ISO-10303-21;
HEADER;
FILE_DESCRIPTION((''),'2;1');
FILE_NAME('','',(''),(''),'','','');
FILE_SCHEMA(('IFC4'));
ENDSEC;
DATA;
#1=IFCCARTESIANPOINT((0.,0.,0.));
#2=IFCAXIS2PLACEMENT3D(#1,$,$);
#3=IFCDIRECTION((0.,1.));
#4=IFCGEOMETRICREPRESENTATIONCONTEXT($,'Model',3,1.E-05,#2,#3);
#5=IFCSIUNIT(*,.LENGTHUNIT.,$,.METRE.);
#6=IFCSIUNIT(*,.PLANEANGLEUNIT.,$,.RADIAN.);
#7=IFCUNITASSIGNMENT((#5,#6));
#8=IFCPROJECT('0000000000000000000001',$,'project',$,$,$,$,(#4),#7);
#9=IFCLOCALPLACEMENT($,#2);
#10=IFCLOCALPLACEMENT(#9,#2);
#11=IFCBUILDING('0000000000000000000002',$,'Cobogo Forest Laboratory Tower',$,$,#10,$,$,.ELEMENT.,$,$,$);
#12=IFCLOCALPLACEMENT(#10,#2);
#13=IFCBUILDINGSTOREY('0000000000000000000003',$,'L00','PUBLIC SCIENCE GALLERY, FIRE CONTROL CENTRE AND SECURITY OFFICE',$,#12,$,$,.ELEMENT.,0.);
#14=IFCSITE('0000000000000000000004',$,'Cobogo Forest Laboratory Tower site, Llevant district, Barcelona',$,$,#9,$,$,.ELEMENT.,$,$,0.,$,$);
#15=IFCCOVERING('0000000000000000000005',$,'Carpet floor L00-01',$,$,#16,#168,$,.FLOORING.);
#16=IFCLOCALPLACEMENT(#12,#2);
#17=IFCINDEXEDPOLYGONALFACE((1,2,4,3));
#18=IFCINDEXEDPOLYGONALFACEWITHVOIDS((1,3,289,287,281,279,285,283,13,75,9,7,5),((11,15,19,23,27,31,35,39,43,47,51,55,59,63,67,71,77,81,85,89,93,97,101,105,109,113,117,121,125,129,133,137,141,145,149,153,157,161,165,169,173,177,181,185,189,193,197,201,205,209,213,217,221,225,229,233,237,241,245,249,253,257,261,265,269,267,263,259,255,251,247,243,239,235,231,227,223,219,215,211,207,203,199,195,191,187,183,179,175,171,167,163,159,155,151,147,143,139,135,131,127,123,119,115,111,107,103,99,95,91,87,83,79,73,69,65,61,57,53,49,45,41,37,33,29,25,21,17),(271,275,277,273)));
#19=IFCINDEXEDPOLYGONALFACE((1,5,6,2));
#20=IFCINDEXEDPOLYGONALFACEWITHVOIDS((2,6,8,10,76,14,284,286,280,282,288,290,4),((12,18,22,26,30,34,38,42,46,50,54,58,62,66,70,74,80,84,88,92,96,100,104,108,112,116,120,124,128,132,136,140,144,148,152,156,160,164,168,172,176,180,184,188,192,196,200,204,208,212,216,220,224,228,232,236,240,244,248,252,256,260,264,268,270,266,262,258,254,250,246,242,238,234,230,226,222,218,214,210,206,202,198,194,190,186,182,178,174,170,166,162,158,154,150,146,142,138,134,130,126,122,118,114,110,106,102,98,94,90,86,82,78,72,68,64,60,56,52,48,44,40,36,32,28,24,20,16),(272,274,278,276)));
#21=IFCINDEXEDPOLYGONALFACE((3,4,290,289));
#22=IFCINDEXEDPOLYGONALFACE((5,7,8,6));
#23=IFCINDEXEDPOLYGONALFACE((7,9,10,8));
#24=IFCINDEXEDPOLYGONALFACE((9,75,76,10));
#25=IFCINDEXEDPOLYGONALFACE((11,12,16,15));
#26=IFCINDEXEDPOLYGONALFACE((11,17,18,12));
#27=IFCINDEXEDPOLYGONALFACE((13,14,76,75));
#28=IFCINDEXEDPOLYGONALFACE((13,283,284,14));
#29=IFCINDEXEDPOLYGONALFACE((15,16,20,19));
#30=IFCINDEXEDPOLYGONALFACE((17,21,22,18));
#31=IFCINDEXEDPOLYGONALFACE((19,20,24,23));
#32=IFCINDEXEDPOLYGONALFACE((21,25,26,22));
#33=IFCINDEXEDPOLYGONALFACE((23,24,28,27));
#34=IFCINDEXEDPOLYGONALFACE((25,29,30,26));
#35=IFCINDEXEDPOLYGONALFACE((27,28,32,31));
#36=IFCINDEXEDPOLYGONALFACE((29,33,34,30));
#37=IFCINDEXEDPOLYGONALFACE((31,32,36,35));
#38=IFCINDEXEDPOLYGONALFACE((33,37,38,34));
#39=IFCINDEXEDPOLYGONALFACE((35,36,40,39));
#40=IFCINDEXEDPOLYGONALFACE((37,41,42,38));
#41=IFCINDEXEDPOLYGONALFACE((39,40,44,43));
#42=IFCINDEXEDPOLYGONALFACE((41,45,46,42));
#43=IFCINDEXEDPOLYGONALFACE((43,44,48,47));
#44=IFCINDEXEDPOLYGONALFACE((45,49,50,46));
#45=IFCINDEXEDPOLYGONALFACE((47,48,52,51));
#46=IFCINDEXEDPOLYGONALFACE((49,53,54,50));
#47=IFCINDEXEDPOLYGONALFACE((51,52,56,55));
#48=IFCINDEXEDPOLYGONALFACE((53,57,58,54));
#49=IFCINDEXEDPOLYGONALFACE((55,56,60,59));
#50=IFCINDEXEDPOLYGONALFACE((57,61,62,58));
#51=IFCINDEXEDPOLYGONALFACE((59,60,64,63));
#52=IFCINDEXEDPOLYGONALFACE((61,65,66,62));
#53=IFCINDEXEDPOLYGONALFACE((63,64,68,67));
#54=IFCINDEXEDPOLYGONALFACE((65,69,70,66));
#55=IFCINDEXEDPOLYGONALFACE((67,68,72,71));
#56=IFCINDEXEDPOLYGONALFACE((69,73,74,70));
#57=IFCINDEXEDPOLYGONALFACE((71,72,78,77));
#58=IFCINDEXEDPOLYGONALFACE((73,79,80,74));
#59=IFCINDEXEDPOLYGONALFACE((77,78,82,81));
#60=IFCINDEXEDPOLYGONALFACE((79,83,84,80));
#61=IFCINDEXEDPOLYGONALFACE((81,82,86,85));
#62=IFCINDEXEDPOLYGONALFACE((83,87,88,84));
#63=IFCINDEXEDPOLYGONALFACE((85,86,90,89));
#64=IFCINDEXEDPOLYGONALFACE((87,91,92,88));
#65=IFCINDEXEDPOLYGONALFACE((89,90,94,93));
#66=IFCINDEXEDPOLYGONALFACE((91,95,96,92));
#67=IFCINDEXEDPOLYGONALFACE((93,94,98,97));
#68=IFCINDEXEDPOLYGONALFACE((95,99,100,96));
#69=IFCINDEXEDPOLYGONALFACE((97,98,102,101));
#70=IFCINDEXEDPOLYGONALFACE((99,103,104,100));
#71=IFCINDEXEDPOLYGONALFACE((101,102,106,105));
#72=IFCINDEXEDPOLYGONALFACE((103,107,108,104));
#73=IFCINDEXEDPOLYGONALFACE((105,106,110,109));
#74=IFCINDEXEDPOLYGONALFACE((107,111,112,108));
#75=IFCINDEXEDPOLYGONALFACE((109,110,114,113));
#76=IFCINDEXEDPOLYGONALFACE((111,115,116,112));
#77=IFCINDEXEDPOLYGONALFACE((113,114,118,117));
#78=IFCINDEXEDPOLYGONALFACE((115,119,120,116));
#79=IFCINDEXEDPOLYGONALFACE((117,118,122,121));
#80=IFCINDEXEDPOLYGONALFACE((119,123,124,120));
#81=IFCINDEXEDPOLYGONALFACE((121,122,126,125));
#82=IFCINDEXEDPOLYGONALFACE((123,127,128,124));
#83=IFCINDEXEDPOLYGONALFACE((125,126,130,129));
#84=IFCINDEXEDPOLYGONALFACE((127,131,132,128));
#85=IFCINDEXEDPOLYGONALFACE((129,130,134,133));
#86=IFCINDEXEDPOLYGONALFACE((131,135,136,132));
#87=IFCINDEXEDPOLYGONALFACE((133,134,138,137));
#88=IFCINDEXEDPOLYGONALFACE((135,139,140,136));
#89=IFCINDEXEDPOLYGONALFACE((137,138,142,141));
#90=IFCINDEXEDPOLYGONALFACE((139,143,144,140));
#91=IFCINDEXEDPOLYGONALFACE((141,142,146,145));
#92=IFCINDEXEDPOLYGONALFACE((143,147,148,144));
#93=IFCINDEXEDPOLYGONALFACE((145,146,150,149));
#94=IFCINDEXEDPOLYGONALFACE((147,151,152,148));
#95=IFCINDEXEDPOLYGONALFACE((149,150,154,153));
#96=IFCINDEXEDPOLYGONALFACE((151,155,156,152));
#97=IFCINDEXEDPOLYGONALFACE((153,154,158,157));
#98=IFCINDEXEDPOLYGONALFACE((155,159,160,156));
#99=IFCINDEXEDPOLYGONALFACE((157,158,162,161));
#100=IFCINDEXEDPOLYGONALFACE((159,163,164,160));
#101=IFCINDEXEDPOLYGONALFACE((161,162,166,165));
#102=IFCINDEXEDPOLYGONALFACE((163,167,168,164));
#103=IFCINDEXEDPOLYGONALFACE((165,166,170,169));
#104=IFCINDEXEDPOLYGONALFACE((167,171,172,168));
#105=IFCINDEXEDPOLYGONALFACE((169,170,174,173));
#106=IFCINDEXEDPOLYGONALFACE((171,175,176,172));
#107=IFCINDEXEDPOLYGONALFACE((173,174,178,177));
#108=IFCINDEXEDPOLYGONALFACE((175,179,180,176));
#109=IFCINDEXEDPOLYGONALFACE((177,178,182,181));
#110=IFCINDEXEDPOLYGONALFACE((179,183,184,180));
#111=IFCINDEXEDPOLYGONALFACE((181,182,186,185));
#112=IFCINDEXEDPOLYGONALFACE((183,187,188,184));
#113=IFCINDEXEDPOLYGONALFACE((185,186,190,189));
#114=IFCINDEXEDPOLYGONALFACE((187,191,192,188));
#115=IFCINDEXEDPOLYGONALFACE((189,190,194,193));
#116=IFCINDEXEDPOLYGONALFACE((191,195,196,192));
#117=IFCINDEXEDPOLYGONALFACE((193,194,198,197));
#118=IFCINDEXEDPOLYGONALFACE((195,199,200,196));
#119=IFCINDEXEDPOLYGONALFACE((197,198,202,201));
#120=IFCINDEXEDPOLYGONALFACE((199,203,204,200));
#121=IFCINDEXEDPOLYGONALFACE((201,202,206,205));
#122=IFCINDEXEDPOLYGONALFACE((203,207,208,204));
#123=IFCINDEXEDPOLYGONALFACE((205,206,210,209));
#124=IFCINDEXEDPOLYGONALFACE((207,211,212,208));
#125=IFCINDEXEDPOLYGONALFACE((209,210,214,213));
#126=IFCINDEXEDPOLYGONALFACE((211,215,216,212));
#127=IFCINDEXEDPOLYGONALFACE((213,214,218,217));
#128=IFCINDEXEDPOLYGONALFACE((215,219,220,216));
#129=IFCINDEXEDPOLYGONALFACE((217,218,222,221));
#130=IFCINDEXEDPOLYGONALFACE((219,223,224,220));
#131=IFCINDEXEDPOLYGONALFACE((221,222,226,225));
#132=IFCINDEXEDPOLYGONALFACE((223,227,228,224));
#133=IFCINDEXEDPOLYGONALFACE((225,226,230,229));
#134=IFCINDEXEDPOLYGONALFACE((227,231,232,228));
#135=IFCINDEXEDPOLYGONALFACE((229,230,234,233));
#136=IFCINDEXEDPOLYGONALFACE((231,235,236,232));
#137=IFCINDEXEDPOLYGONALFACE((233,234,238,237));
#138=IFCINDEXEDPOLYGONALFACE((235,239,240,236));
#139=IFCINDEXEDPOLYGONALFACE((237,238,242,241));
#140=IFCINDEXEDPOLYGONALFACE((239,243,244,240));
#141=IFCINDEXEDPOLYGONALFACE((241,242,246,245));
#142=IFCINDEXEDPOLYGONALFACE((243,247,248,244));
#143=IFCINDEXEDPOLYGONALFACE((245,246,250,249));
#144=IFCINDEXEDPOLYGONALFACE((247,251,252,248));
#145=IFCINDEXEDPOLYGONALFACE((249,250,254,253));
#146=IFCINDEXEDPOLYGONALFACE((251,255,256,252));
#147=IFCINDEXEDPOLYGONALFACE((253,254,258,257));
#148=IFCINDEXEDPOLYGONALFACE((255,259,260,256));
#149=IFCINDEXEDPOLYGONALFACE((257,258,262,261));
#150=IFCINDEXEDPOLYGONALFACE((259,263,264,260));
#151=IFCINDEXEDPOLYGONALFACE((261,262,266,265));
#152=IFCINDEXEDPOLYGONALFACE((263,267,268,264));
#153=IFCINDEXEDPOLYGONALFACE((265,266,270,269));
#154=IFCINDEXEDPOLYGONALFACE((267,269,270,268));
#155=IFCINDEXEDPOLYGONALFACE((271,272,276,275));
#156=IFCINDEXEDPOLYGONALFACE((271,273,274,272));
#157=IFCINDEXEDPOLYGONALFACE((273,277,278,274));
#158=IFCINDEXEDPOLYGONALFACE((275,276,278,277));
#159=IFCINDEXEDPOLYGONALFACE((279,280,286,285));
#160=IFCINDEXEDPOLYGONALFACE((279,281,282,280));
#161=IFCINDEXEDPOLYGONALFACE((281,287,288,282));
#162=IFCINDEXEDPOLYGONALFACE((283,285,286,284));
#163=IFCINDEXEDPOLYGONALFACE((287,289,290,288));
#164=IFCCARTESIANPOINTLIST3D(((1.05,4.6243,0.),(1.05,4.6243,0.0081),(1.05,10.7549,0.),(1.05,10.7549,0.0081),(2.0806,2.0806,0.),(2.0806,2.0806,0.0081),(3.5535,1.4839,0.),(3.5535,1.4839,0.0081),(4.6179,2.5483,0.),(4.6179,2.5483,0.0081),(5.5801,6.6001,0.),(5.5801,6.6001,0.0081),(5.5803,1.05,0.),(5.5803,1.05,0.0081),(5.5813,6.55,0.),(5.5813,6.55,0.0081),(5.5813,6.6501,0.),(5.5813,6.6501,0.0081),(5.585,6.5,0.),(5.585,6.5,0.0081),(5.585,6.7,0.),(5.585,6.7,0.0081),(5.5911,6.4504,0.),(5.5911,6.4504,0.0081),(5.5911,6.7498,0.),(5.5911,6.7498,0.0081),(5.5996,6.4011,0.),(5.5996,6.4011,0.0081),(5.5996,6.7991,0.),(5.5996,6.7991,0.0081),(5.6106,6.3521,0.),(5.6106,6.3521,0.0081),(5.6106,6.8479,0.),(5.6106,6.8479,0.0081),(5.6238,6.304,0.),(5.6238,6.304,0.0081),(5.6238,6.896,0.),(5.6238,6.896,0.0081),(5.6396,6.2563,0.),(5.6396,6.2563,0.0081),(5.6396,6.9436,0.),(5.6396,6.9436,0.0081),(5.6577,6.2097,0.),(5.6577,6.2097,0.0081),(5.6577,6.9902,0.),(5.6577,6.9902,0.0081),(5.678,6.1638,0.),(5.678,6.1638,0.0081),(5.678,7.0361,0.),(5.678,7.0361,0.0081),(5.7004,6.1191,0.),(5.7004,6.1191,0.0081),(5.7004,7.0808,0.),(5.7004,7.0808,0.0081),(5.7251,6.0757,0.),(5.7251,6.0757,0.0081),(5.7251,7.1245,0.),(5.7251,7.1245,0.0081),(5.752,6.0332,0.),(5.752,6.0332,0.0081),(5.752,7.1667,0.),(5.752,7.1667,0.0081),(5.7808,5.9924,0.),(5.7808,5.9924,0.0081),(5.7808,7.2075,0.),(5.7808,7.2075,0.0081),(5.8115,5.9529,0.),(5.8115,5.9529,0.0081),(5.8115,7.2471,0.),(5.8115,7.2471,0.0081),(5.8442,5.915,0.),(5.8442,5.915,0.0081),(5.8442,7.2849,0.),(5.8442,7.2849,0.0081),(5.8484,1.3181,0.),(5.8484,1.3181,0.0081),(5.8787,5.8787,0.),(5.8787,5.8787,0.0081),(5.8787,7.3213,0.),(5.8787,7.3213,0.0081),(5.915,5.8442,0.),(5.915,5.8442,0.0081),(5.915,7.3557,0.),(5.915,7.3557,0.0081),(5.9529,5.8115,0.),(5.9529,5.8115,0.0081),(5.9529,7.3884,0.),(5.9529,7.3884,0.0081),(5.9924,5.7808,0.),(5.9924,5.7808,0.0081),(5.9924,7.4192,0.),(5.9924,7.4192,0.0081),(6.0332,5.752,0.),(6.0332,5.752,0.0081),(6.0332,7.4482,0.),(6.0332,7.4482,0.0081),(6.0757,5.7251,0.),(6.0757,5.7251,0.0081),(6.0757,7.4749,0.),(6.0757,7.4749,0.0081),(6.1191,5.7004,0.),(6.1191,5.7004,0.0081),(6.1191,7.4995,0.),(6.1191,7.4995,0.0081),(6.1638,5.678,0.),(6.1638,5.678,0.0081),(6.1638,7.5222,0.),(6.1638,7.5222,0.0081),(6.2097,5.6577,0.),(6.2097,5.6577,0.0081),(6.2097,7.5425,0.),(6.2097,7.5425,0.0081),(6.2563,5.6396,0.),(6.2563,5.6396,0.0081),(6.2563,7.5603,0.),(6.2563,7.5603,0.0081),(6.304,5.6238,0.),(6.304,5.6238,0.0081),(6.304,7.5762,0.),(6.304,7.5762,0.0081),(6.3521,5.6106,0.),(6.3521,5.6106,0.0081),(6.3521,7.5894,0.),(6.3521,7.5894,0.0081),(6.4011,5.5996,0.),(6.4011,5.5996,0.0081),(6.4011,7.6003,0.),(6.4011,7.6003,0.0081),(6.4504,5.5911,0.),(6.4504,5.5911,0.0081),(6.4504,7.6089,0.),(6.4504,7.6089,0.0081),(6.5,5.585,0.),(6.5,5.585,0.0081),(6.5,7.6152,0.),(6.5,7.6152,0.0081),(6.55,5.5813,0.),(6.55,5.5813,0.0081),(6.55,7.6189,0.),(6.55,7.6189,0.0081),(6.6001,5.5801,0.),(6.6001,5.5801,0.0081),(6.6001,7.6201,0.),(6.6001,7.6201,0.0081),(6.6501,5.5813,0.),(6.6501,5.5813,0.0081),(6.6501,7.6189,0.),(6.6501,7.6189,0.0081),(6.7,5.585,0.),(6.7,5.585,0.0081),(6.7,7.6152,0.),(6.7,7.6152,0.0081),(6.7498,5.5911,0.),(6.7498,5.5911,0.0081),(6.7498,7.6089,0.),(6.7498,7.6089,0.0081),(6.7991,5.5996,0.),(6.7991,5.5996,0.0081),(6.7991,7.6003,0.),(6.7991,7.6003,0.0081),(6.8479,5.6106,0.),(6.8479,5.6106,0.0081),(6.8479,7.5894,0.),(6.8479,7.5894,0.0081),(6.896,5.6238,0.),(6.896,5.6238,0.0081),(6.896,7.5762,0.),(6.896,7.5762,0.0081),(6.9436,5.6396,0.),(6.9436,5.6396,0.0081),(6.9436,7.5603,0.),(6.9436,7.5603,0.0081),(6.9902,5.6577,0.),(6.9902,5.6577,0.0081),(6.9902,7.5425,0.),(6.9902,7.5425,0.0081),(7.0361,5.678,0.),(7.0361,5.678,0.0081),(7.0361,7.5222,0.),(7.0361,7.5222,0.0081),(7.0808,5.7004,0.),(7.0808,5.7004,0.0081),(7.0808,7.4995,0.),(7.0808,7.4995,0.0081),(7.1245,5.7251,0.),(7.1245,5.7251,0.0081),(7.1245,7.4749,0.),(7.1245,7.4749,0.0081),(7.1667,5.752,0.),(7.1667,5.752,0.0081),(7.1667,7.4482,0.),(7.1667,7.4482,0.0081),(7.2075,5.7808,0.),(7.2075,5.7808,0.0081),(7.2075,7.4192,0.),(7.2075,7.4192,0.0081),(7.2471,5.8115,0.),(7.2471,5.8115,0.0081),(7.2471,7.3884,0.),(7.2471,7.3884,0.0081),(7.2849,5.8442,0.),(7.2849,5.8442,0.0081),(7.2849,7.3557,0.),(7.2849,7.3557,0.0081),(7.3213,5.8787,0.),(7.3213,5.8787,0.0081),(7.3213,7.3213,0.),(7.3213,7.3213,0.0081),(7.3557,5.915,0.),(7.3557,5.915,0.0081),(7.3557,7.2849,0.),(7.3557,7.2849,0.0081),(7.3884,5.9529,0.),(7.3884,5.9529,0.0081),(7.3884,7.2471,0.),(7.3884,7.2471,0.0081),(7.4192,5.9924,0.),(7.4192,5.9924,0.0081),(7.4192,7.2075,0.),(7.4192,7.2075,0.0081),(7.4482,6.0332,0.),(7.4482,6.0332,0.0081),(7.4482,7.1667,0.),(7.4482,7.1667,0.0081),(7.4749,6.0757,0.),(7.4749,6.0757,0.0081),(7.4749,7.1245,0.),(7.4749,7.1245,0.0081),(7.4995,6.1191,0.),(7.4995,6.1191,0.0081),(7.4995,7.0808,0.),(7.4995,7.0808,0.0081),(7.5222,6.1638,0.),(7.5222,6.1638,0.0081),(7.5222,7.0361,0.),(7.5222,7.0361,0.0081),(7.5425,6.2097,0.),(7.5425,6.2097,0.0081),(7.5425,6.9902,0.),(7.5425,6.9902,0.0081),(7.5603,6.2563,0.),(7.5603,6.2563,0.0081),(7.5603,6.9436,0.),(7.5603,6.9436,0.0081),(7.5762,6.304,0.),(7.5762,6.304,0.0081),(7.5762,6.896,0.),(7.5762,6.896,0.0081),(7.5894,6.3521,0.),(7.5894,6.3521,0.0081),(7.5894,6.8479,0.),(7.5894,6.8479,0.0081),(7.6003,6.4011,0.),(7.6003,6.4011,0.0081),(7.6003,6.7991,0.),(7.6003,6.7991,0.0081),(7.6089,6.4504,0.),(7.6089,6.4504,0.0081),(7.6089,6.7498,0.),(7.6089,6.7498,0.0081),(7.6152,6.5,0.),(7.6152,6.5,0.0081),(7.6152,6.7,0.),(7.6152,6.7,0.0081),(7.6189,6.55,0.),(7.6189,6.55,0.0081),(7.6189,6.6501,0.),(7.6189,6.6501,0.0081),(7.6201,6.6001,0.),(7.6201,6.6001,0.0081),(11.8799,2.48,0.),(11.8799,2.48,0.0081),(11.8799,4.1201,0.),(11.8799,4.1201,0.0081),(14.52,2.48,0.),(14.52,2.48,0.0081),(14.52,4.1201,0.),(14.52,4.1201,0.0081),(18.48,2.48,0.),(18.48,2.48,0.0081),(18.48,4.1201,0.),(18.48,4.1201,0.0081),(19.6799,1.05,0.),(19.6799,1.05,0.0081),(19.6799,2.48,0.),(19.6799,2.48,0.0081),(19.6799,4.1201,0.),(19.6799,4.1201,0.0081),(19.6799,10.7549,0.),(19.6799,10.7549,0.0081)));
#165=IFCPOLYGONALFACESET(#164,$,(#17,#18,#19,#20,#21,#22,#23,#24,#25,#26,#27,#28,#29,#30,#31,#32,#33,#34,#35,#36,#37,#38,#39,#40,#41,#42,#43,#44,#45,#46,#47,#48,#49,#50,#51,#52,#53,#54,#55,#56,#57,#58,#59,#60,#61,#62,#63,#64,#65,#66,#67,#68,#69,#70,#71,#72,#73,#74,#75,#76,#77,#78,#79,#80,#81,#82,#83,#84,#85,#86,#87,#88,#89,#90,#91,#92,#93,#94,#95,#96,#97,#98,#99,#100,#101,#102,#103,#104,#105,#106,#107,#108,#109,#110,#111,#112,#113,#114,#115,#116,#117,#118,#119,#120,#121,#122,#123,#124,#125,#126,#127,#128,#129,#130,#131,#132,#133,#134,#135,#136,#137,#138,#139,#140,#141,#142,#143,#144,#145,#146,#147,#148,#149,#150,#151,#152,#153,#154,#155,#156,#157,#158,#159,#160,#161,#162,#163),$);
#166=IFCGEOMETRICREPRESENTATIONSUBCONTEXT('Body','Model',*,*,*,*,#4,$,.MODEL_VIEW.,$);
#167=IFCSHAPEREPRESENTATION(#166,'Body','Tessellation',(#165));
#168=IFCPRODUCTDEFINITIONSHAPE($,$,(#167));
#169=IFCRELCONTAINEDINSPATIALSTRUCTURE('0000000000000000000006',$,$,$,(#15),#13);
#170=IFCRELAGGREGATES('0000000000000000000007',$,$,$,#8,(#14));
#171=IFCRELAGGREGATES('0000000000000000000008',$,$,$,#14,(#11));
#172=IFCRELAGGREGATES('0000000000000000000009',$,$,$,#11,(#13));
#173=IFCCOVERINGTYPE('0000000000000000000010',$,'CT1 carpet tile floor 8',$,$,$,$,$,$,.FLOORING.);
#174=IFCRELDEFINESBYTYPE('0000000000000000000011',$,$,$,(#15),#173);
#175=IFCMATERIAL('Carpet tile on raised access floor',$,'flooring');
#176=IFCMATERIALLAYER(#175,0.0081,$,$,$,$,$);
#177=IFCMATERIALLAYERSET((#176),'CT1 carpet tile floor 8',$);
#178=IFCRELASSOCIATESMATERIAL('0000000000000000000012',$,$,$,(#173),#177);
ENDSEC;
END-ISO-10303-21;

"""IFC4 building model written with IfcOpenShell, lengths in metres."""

from ifc_helpers import new_model, si_unit, direction, origin, place, context, subcontext, project, spatial, polyline, outline, extrude, material, layer, layer_set, type_object, element, save


model = new_model("IFC4")

# Units and contexts
model_context = context("Model", 3, precision=1e-05, world=origin(), true_north=direction((0.0, 1.0)))
body_context = subcontext(model_context, "Body", "Model", "MODEL_VIEW")
ifc_project = project(units=[si_unit("LENGTHUNIT", "METRE"), si_unit("PLANEANGLEUNIT", "RADIAN")], contexts=[model_context])

# Site, building, storey
site_placement = place(None, origin())
site = spatial("IfcSite", under=ifc_project, at=site_placement, Name="Cobogo Forest Laboratory Tower site, Llevant district, Barcelona", CompositionType="ELEMENT", RefElevation=0.0)
building_placement = place(site_placement, origin())
building = spatial("IfcBuilding", under=site, at=building_placement, Name="Cobogo Forest Laboratory Tower", CompositionType="ELEMENT")
storey_placement = place(building_placement, origin())
storey = spatial("IfcBuildingStorey", under=building, at=storey_placement, Name="L00", Description="PUBLIC SCIENCE GALLERY, FIRE CONTROL CENTRE AND SECURITY OFFICE", CompositionType="ELEMENT", Elevation=0.0)

# Covering
ifc_material_1 = material(Name="Carpet tile on raised access floor", Category="flooring")
ifc_layer_1 = layer(ifc_material_1, 0.0081)
ifc_layer_set_1 = layer_set([ifc_layer_1], Name="CT1 carpet tile floor 8")
covering_type_1 = type_object("IfcCoveringType", Name="CT1 carpet tile floor 8", PredefinedType="FLOORING", material=ifc_layer_set_1)
covering_1_placement = place(storey_placement, origin())
element("IfcCovering", 1, at=covering_1_placement, inside=storey, type_object=covering_type_1, Name="Carpet floor L00-01", PredefinedType="FLOORING", context=body_context, shape_type="SweptSolid", body=[
    extrude(outline(polyline([(19.6799, 4.1201), (18.48, 4.1201), (18.48, 2.48), (19.6799, 2.48), (19.6799, 1.05), (5.5803, 1.05), (5.8484, 1.3181), (4.6179, 2.5483), (3.5535, 1.4839), (2.0806, 2.0806), (1.05, 4.6243), (1.05, 10.7549), (19.6799, 10.7549), (19.6799, 4.1201)]), holes=[polyline([(11.8799, 4.1201), (11.8799, 2.48), (14.52, 2.48), (14.52, 4.1201), (11.8799, 4.1201)]), polyline([(7.5894, 6.3521), (7.6003, 6.4011), (7.6089, 6.4504), (7.6152, 6.5), (7.6189, 6.55), (7.6201, 6.6001), (7.6189, 6.6501), (7.6152, 6.7), (7.6089, 6.7498), (7.6003, 6.7991), (7.5894, 6.8479), (7.5762, 6.896), (7.5603, 6.9436), (7.5425, 6.9902), (7.5222, 7.0361), (7.4995, 7.0808), (7.4749, 7.1245), (7.4482, 7.1667), (7.4192, 7.2075), (7.3884, 7.2471), (7.3557, 7.2849), (7.3213, 7.3213), (7.2849, 7.3557), (7.2471, 7.3884), (7.2075, 7.4192), (7.1667, 7.4482), (7.1245, 7.4749), (7.0808, 7.4995), (7.0361, 7.5222), (6.9902, 7.5425), (6.9436, 7.5603), (6.896, 7.5762), (6.8479, 7.5894), (6.7991, 7.6003), (6.7498, 7.6089), (6.7, 7.6152), (6.6501, 7.6189), (6.6001, 7.6201), (6.55, 7.6189), (6.5, 7.6152), (6.4504, 7.6089), (6.4011, 7.6003), (6.3521, 7.5894), (6.304, 7.5762), (6.2563, 7.5603), (6.2097, 7.5425), (6.1638, 7.5222), (6.1191, 7.4995), (6.0757, 7.4749), (6.0332, 7.4482), (5.9924, 7.4192), (5.9529, 7.3884), (5.915, 7.3557), (5.8787, 7.3213), (5.8442, 7.2849), (5.8115, 7.2471), (5.7808, 7.2075), (5.752, 7.1667), (5.7251, 7.1245), (5.7004, 7.0808), (5.678, 7.0361), (5.6577, 6.9902), (5.6396, 6.9436), (5.6238, 6.896), (5.6106, 6.8479), (5.5996, 6.7991), (5.5911, 6.7498), (5.585, 6.7), (5.5813, 6.6501), (5.5801, 6.6001), (5.5813, 6.55), (5.585, 6.5), (5.5911, 6.4504), (5.5996, 6.4011), (5.6106, 6.3521), (5.6238, 6.304), (5.6396, 6.2563), (5.6577, 6.2097), (5.678, 6.1638), (5.7004, 6.1191), (5.7251, 6.0757), (5.752, 6.0332), (5.7808, 5.9924), (5.8115, 5.9529), (5.8442, 5.915), (5.8787, 5.8787), (5.915, 5.8442), (5.9529, 5.8115), (5.9924, 5.7808), (6.0332, 5.752), (6.0757, 5.7251), (6.1191, 5.7004), (6.1638, 5.678), (6.2097, 5.6577), (6.2563, 5.6396), (6.304, 5.6238), (6.3521, 5.6106), (6.4011, 5.5996), (6.4504, 5.5911), (6.5, 5.585), (6.55, 5.5813), (6.6001, 5.5801), (6.6501, 5.5813), (6.7, 5.585), (6.7498, 5.5911), (6.7991, 5.5996), (6.8479, 5.6106), (6.896, 5.6238), (6.9436, 5.6396), (6.9902, 5.6577), (7.0361, 5.678), (7.0808, 5.7004), (7.1245, 5.7251), (7.1667, 5.752), (7.2075, 5.7808), (7.2471, 5.8115), (7.2849, 5.8442), (7.3213, 5.8787), (7.3557, 5.915), (7.3884, 5.9529), (7.4192, 5.9924), (7.4482, 6.0332), (7.4749, 6.0757), (7.4995, 6.1191), (7.5222, 6.1638), (7.5425, 6.2097), (7.5603, 6.2563), (7.5762, 6.304), (7.5894, 6.3521)])]), origin(), (0.0, 0.0, 1.0), 0.0081),
])

save(model, "model.ifc")
